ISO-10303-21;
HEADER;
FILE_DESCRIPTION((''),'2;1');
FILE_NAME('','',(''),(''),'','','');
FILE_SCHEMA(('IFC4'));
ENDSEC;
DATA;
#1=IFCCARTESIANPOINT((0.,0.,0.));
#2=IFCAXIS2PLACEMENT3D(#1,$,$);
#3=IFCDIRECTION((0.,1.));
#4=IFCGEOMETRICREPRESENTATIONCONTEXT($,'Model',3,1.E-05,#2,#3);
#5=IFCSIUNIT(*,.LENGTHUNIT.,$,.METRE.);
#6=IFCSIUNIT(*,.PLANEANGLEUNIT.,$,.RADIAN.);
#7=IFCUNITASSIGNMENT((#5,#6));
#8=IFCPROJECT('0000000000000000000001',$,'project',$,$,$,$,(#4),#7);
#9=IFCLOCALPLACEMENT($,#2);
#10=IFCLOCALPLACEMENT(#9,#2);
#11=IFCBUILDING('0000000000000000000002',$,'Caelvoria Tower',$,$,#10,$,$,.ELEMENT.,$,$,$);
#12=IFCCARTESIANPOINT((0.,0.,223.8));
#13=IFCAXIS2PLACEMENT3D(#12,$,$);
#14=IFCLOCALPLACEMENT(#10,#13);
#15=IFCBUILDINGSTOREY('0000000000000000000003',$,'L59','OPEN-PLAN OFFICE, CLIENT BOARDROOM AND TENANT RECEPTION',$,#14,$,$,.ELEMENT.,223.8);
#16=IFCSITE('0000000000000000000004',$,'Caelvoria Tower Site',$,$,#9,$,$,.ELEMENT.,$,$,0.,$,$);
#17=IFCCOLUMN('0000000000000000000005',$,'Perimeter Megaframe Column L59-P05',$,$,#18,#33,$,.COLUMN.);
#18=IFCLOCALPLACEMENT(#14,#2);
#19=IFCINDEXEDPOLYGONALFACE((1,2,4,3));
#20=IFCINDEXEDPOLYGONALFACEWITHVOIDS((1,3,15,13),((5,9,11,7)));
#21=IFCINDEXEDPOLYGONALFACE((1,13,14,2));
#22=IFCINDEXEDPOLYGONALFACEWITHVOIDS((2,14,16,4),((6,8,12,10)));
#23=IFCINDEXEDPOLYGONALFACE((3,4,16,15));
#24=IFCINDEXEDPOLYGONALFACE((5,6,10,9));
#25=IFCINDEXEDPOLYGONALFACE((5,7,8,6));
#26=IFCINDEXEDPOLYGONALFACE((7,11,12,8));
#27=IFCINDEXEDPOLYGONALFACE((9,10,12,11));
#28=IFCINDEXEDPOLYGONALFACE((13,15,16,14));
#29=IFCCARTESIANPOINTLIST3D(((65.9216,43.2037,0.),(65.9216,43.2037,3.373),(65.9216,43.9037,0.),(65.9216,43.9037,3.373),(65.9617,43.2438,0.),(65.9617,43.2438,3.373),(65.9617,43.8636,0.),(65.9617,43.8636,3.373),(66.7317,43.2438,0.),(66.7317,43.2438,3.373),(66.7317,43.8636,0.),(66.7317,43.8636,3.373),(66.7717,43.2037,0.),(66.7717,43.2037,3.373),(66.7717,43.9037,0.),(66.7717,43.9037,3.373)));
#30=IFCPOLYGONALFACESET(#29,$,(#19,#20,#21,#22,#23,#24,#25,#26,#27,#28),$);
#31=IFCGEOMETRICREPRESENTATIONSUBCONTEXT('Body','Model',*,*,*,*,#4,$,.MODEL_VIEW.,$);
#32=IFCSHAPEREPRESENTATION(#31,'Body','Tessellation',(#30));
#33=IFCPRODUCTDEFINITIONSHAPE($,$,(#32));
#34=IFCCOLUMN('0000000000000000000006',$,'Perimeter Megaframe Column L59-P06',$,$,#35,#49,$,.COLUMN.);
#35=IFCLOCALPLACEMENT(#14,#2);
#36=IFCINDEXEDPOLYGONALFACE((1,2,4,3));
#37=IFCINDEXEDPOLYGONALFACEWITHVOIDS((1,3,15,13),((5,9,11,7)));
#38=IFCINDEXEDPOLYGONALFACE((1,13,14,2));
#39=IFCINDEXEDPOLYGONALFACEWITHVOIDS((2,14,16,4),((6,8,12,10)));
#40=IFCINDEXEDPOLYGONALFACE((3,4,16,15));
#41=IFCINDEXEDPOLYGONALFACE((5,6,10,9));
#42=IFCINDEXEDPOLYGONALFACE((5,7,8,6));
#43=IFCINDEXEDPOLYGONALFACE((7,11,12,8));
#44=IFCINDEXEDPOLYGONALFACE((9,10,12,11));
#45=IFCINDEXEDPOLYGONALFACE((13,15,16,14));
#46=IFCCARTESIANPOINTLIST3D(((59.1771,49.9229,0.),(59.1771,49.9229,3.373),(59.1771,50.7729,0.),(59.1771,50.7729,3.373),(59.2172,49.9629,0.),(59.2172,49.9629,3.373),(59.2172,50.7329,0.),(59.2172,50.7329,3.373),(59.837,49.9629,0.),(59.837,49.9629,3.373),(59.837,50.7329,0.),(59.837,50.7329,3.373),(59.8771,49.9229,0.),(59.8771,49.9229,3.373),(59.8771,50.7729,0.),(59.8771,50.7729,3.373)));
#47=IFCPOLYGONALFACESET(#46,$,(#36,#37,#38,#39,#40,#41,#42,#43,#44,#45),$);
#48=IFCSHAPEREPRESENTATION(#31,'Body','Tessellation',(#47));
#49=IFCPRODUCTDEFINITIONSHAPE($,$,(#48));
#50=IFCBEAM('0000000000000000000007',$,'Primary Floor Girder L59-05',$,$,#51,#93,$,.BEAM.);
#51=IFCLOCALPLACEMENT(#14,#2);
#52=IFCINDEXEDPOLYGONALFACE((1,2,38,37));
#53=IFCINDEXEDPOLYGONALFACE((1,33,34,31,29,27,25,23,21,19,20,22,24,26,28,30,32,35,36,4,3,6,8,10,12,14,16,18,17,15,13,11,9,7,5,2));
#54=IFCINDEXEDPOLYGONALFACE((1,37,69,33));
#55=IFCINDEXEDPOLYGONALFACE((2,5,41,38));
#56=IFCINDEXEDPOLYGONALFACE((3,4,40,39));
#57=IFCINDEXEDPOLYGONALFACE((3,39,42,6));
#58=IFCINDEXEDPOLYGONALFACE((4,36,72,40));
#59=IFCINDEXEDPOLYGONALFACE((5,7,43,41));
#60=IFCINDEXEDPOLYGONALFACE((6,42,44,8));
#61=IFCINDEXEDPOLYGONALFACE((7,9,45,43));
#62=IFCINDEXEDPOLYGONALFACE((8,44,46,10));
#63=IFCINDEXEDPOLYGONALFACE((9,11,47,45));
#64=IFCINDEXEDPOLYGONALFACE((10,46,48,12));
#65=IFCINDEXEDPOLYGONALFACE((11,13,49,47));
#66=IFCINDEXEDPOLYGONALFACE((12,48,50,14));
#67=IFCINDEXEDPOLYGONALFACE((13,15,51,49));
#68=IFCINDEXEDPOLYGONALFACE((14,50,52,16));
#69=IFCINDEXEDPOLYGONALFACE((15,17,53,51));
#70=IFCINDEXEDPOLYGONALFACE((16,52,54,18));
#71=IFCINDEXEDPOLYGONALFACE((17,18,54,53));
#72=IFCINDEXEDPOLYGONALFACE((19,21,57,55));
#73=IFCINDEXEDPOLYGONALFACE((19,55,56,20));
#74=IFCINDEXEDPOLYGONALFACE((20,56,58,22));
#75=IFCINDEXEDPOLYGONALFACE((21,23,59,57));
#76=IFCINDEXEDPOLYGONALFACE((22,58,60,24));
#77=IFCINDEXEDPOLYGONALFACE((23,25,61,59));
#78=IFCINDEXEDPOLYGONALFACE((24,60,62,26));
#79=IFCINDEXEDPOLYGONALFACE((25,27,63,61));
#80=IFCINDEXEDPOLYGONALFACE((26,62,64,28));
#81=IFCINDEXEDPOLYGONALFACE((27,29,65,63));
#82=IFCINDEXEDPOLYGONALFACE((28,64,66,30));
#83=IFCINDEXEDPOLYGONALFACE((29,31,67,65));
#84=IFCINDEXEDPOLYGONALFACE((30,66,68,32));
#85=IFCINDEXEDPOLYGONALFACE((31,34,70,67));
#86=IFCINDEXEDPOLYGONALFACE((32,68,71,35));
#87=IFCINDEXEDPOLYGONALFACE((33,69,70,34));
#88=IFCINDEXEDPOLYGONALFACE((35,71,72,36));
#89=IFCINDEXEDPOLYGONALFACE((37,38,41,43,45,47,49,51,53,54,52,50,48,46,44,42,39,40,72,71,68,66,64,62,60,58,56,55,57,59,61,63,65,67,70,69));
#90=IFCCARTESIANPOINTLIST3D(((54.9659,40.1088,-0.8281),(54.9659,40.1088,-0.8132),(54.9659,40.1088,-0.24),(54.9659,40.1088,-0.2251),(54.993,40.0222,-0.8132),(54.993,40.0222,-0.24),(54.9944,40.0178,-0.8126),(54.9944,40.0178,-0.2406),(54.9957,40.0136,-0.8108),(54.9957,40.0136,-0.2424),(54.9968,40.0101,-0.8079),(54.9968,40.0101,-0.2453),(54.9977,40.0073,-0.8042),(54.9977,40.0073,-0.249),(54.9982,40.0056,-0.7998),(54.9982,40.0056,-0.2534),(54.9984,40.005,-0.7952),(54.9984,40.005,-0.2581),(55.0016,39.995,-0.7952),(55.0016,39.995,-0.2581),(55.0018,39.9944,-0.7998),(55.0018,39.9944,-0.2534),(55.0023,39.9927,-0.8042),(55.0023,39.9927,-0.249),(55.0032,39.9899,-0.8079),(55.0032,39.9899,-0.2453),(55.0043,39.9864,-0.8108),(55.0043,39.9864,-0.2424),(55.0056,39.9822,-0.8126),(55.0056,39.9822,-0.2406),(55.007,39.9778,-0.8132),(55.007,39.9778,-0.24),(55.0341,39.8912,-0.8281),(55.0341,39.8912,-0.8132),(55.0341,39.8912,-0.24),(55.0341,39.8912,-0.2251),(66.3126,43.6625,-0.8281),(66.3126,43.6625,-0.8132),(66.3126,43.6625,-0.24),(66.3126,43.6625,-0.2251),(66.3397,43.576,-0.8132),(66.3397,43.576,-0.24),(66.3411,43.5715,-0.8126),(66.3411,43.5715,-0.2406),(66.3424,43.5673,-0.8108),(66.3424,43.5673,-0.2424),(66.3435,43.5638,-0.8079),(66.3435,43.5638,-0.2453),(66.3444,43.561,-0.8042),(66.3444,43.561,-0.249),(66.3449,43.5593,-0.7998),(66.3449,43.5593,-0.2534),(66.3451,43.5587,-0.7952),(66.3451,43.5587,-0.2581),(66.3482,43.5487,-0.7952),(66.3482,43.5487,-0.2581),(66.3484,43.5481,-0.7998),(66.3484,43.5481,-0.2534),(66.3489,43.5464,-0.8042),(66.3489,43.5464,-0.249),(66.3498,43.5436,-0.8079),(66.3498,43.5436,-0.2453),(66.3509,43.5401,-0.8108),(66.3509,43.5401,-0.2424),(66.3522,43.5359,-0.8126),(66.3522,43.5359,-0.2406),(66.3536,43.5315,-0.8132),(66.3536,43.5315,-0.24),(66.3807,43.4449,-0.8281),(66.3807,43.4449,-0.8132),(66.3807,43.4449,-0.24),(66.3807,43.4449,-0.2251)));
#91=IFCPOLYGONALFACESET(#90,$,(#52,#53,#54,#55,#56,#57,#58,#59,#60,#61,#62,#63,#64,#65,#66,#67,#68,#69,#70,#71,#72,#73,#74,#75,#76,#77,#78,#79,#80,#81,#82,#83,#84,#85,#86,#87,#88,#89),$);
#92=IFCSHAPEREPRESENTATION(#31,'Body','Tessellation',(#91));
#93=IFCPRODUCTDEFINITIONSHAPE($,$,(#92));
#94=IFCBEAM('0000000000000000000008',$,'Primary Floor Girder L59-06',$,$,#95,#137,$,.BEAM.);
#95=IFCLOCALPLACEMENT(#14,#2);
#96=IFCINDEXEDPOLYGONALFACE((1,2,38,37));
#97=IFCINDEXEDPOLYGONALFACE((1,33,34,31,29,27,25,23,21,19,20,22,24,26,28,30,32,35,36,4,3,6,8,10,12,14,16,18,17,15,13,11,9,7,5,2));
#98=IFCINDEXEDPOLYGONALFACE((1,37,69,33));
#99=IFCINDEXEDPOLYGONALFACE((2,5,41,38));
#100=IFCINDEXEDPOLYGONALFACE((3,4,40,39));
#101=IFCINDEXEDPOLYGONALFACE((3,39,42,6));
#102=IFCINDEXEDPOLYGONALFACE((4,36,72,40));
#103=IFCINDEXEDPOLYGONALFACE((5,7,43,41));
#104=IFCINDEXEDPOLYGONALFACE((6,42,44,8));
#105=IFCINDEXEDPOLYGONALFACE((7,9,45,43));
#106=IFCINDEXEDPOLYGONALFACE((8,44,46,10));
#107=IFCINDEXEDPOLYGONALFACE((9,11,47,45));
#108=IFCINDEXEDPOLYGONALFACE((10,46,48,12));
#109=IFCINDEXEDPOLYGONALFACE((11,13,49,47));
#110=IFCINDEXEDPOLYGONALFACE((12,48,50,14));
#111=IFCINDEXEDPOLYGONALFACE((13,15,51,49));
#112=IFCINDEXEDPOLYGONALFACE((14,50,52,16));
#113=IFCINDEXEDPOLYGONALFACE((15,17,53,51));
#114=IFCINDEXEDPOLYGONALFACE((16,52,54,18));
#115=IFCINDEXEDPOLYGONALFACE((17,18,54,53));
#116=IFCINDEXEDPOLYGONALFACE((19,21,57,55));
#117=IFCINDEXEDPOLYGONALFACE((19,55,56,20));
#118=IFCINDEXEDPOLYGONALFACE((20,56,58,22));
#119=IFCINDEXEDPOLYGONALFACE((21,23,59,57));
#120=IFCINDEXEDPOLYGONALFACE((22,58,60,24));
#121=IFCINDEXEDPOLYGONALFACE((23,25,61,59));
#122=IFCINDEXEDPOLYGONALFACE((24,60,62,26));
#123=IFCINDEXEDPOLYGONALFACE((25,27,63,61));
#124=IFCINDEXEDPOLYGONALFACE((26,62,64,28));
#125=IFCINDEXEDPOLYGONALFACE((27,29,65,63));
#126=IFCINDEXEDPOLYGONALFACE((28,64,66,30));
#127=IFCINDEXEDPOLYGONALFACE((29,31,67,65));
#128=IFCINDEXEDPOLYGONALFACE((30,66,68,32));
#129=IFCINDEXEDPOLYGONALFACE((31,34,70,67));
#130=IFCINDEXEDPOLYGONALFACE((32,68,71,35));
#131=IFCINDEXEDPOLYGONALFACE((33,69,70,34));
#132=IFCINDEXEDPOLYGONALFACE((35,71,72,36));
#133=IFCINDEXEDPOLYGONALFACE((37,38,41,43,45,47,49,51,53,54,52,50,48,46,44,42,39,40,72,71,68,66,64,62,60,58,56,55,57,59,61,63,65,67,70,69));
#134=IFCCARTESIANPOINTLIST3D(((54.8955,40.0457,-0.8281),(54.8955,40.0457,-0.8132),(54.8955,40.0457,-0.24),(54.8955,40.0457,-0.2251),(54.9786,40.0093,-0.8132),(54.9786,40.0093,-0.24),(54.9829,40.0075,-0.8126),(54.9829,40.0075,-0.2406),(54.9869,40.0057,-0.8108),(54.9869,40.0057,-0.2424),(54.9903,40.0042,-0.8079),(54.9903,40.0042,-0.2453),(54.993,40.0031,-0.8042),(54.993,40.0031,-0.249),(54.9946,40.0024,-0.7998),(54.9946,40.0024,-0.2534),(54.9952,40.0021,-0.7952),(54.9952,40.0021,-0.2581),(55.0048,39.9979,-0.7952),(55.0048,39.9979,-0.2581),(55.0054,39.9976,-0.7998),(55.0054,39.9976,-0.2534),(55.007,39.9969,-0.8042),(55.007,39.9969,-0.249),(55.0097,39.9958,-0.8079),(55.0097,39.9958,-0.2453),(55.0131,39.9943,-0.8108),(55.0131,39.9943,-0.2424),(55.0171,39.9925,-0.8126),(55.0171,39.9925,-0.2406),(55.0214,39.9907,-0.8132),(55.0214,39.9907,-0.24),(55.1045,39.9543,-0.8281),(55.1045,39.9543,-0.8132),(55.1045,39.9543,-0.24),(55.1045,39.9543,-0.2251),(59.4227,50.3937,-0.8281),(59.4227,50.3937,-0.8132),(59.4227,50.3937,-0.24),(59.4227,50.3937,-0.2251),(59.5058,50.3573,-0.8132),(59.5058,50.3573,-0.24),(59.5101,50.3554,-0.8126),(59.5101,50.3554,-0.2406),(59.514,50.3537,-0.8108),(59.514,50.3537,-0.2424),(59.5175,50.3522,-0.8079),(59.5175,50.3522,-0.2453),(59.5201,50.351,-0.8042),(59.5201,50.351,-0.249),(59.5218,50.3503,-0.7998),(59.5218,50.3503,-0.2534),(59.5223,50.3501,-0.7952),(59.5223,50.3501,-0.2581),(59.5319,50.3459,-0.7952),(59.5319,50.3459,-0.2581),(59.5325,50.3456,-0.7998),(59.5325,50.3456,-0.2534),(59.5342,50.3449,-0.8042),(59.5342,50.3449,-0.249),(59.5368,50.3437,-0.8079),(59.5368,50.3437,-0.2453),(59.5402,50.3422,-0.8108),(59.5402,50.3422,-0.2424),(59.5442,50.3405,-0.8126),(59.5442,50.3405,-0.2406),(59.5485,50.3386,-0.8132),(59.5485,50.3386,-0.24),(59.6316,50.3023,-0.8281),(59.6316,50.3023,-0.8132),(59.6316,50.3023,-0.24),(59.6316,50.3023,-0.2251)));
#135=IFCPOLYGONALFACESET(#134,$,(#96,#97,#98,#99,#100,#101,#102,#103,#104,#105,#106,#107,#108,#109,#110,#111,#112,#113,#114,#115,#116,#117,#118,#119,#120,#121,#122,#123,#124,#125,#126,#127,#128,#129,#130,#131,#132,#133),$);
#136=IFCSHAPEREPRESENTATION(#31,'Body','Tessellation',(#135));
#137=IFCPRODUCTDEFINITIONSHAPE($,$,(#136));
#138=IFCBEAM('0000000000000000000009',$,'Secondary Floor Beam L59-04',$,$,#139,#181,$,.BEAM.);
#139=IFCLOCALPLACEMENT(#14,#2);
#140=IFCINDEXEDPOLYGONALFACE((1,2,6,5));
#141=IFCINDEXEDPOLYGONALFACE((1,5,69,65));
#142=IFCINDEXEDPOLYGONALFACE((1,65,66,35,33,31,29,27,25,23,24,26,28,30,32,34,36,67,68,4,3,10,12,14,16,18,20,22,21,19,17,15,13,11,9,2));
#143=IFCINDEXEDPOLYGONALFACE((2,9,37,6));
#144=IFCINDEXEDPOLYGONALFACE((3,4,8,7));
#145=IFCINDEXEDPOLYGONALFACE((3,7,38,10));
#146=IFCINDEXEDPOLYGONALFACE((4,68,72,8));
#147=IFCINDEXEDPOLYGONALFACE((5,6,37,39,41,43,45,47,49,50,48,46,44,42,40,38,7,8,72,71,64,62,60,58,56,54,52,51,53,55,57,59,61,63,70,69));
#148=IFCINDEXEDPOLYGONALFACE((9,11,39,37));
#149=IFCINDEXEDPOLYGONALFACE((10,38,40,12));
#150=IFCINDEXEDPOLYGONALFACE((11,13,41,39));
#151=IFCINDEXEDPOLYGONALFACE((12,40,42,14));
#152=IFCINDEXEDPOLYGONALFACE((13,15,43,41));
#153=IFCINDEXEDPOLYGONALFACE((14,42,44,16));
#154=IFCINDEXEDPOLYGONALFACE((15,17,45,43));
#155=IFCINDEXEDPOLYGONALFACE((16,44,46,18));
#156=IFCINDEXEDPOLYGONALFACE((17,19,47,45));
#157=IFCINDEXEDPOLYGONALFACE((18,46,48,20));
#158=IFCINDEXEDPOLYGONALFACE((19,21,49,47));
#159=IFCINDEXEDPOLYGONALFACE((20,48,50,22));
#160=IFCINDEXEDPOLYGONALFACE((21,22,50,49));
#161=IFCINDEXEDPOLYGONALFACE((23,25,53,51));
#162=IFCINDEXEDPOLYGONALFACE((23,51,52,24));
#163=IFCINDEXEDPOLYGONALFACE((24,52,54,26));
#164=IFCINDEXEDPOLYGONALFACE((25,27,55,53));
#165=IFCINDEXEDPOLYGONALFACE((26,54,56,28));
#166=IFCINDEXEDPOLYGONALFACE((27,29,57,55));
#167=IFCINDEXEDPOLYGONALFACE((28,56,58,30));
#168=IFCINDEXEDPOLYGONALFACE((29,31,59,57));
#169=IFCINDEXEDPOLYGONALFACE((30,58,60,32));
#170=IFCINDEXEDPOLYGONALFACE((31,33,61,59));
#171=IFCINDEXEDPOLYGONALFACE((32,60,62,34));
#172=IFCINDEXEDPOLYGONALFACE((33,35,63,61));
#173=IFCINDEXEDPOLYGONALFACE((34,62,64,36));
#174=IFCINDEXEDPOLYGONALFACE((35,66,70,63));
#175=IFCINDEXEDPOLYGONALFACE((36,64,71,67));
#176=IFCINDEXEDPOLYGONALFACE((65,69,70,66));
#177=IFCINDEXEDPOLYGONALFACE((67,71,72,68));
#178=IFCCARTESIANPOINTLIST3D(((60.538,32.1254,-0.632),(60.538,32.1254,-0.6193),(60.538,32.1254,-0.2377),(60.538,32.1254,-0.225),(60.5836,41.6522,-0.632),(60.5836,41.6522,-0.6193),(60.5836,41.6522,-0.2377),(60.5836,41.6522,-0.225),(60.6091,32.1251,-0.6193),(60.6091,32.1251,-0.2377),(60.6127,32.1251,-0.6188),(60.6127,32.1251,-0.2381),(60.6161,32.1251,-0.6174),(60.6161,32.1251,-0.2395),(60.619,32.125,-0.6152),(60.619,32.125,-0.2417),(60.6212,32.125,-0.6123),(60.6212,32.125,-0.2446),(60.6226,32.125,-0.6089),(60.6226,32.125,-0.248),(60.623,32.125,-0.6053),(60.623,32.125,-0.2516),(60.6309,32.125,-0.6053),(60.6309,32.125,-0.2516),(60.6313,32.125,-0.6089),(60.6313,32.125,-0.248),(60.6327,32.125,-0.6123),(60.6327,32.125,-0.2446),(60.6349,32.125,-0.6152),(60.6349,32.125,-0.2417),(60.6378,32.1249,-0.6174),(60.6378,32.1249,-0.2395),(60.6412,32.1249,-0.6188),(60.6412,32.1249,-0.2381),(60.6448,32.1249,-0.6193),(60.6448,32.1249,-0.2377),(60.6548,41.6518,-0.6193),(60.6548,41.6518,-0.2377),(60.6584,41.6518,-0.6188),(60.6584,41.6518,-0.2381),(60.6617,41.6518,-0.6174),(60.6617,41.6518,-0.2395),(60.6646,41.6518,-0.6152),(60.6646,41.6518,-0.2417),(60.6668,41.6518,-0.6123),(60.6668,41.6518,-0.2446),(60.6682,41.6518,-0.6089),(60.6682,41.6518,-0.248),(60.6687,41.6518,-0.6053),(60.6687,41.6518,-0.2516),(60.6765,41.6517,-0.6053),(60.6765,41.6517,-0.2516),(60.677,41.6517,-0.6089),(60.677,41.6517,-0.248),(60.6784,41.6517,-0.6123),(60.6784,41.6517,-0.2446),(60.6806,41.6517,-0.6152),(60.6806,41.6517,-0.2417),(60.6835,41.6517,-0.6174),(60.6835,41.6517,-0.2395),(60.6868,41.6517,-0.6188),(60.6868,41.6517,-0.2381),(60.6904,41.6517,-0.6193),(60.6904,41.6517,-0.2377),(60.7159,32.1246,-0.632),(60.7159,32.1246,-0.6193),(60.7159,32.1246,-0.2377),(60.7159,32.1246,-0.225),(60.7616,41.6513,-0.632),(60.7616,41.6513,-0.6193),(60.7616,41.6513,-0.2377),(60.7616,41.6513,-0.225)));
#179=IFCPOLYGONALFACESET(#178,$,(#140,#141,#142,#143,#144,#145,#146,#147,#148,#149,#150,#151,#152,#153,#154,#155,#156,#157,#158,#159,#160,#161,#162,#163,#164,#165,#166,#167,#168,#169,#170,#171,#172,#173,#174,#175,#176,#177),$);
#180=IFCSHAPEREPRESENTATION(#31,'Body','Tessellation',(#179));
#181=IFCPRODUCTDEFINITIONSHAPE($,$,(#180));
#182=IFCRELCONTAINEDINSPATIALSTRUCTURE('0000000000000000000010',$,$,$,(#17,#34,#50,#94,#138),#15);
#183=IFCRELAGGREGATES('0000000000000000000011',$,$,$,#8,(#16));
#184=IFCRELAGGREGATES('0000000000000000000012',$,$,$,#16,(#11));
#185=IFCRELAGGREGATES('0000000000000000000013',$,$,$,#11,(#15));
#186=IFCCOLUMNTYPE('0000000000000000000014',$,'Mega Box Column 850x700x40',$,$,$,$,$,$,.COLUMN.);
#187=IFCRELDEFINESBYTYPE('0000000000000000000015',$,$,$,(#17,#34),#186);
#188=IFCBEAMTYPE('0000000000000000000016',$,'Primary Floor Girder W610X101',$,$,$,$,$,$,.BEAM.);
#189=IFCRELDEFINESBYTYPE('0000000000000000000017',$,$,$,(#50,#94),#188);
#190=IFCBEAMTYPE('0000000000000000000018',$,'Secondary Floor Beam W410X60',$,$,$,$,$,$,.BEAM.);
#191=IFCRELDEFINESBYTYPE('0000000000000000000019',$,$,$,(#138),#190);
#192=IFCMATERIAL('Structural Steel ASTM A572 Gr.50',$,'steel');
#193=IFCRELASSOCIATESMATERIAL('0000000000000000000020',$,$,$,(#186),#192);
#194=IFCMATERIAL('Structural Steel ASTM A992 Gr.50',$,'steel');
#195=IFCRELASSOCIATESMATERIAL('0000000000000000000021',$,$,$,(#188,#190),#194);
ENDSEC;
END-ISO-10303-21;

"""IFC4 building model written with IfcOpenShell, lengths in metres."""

from ifc_helpers import new_model, si_unit, direction, frame, origin, origin_2d, place, context, subcontext, project, spatial, hollow_rectangle, i_section, extrude, material, material_profile, profile_set, type_object, element, save


model = new_model("IFC4")

# Units and contexts
model_context = context("Model", 3, precision=1e-05, world=origin(), true_north=direction((0.0, 1.0)))
body_context = subcontext(model_context, "Body", "Model", "MODEL_VIEW")
ifc_project = project(units=[si_unit("LENGTHUNIT", "METRE"), si_unit("PLANEANGLEUNIT", "RADIAN")], contexts=[model_context])

# Site, building, storey
site_placement = place(None, origin())
site = spatial("IfcSite", under=ifc_project, at=site_placement, Name="Caelvoria Tower Site", CompositionType="ELEMENT", RefElevation=0.0)
building_placement = place(site_placement, origin())
building = spatial("IfcBuilding", under=site, at=building_placement, Name="Caelvoria Tower", CompositionType="ELEMENT")
storey_placement = place(building_placement, frame((0.0, 0.0, 223.8)))
storey = spatial("IfcBuildingStorey", under=building, at=storey_placement, Name="L59", Description="OPEN-PLAN OFFICE, CLIENT BOARDROOM AND TENANT RECEPTION", CompositionType="ELEMENT", Elevation=223.8)

# Columns
ifc_material_1 = material(Name="Structural Steel ASTM A572 Gr.50", Category="steel")
ifc_material_profile_1 = material_profile(ifc_material_1, hollow_rectangle(XDim=0.7, YDim=0.8501, WallThickness=0.04, at=origin_2d()), Name="Structural Steel ASTM A572 Gr.50")
ifc_profile_set_1 = profile_set([ifc_material_profile_1], Name="BOX850X700X40 - Structural Steel ASTM A572 Gr.50")
column_type = type_object("IfcColumnType", Name="Mega Box Column 850x700x40", PredefinedType="COLUMN", material=ifc_profile_set_1)
for number, where, z_axis, x_axis, name in (
    (1, (66.3467, 43.5537, 0.0), (0.0, 0.0, 1.0), (0.0, 1.0, 0.0), "Perimeter Megaframe Column L59-P05"),
    (2, (59.5271, 50.3479, 0.0), (0.0, 0.0, 1.0), (1.0, 0.0, 0.0), "Perimeter Megaframe Column L59-P06"),
):
    element("IfcColumn", number, at=place(storey_placement, frame(where, z_axis=z_axis, x_axis=x_axis)), inside=storey, type_object=column_type, Name=name, PredefinedType="COLUMN", context=body_context, shape_type="SweptSolid", body=[
        extrude(hollow_rectangle(XDim=0.7, YDim=0.8501, WallThickness=0.04, at=origin_2d()), origin(), (0.0, 0.0, 1.0), 3.373),
    ])

# Beams
ifc_material_2 = material(Name="Structural Steel ASTM A992 Gr.50", Category="steel")
ifc_material_profile_2 = material_profile(ifc_material_2, i_section(OverallWidth=0.228, OverallDepth=0.603, WebThickness=0.0105, FlangeThickness=0.0149, FilletRadius=0.0181, at=origin_2d()), Name="Structural Steel ASTM A992 Gr.50")
ifc_profile_set_2 = profile_set([ifc_material_profile_2], Name="W610X101 - Structural Steel ASTM A992 Gr.50")
beam_type_1 = type_object("IfcBeamType", Name="Primary Floor Girder W610X101", PredefinedType="BEAM", material=ifc_profile_set_2)
beam_1_placement = place(storey_placement, frame((55.0, 40.0, -0.5266), z_axis=(0.954291, 0.298878, 0.0), x_axis=(-0.298878, 0.954291, 0.0)))
element("IfcBeam", 3, at=beam_1_placement, inside=storey, type_object=beam_type_1, Name="Primary Floor Girder L59-05", PredefinedType="BEAM", context=body_context, shape_type="SweptSolid", body=[
    extrude(i_section(OverallWidth=0.228, OverallDepth=0.603, WebThickness=0.0105, FlangeThickness=0.0149, FilletRadius=0.0181, at=origin_2d()), origin(), (0.0, 0.0, 1.0), 11.8901),
])
beam_2_placement = place(storey_placement, frame((55.0, 40.0, -0.5266), z_axis=(0.400811, 0.916161, 0.0), x_axis=(-0.916161, 0.400811, 0.0)))
element("IfcBeam", 4, at=beam_2_placement, inside=storey, type_object=beam_type_1, Name="Primary Floor Girder L59-06", PredefinedType="BEAM", context=body_context, shape_type="SweptSolid", body=[
    extrude(i_section(OverallWidth=0.228, OverallDepth=0.603, WebThickness=0.0105, FlangeThickness=0.0149, FilletRadius=0.0181, at=origin_2d()), origin(), (0.0, 0.0, 1.0), 11.2949),
])
ifc_material_profile_3 = material_profile(ifc_material_2, i_section(OverallWidth=0.178, OverallDepth=0.407, WebThickness=0.0078, FlangeThickness=0.0127, FilletRadius=0.0139, at=origin_2d()), Name="Structural Steel ASTM A992 Gr.50")
ifc_profile_set_3 = profile_set([ifc_material_profile_3], Name="W410X60 - Structural Steel ASTM A992 Gr.50")
beam_type_2 = type_object("IfcBeamType", Name="Secondary Floor Beam W410X60", PredefinedType="BEAM", material=ifc_profile_set_3)
beam_3_placement = place(storey_placement, frame((60.627, 32.125, -0.4285), z_axis=(0.004792, 0.999989, 0.0), x_axis=(-0.999989, 0.004792, 0.0)))
element("IfcBeam", 5, at=beam_3_placement, inside=storey, type_object=beam_type_2, Name="Secondary Floor Beam L59-04", PredefinedType="BEAM", context=body_context, shape_type="SweptSolid", body=[
    extrude(i_section(OverallWidth=0.178, OverallDepth=0.407, WebThickness=0.0078, FlangeThickness=0.0127, FilletRadius=0.0139, at=origin_2d()), origin(), (0.0, 0.0, 1.0), 9.5269),
])

save(model, "model.ifc")
